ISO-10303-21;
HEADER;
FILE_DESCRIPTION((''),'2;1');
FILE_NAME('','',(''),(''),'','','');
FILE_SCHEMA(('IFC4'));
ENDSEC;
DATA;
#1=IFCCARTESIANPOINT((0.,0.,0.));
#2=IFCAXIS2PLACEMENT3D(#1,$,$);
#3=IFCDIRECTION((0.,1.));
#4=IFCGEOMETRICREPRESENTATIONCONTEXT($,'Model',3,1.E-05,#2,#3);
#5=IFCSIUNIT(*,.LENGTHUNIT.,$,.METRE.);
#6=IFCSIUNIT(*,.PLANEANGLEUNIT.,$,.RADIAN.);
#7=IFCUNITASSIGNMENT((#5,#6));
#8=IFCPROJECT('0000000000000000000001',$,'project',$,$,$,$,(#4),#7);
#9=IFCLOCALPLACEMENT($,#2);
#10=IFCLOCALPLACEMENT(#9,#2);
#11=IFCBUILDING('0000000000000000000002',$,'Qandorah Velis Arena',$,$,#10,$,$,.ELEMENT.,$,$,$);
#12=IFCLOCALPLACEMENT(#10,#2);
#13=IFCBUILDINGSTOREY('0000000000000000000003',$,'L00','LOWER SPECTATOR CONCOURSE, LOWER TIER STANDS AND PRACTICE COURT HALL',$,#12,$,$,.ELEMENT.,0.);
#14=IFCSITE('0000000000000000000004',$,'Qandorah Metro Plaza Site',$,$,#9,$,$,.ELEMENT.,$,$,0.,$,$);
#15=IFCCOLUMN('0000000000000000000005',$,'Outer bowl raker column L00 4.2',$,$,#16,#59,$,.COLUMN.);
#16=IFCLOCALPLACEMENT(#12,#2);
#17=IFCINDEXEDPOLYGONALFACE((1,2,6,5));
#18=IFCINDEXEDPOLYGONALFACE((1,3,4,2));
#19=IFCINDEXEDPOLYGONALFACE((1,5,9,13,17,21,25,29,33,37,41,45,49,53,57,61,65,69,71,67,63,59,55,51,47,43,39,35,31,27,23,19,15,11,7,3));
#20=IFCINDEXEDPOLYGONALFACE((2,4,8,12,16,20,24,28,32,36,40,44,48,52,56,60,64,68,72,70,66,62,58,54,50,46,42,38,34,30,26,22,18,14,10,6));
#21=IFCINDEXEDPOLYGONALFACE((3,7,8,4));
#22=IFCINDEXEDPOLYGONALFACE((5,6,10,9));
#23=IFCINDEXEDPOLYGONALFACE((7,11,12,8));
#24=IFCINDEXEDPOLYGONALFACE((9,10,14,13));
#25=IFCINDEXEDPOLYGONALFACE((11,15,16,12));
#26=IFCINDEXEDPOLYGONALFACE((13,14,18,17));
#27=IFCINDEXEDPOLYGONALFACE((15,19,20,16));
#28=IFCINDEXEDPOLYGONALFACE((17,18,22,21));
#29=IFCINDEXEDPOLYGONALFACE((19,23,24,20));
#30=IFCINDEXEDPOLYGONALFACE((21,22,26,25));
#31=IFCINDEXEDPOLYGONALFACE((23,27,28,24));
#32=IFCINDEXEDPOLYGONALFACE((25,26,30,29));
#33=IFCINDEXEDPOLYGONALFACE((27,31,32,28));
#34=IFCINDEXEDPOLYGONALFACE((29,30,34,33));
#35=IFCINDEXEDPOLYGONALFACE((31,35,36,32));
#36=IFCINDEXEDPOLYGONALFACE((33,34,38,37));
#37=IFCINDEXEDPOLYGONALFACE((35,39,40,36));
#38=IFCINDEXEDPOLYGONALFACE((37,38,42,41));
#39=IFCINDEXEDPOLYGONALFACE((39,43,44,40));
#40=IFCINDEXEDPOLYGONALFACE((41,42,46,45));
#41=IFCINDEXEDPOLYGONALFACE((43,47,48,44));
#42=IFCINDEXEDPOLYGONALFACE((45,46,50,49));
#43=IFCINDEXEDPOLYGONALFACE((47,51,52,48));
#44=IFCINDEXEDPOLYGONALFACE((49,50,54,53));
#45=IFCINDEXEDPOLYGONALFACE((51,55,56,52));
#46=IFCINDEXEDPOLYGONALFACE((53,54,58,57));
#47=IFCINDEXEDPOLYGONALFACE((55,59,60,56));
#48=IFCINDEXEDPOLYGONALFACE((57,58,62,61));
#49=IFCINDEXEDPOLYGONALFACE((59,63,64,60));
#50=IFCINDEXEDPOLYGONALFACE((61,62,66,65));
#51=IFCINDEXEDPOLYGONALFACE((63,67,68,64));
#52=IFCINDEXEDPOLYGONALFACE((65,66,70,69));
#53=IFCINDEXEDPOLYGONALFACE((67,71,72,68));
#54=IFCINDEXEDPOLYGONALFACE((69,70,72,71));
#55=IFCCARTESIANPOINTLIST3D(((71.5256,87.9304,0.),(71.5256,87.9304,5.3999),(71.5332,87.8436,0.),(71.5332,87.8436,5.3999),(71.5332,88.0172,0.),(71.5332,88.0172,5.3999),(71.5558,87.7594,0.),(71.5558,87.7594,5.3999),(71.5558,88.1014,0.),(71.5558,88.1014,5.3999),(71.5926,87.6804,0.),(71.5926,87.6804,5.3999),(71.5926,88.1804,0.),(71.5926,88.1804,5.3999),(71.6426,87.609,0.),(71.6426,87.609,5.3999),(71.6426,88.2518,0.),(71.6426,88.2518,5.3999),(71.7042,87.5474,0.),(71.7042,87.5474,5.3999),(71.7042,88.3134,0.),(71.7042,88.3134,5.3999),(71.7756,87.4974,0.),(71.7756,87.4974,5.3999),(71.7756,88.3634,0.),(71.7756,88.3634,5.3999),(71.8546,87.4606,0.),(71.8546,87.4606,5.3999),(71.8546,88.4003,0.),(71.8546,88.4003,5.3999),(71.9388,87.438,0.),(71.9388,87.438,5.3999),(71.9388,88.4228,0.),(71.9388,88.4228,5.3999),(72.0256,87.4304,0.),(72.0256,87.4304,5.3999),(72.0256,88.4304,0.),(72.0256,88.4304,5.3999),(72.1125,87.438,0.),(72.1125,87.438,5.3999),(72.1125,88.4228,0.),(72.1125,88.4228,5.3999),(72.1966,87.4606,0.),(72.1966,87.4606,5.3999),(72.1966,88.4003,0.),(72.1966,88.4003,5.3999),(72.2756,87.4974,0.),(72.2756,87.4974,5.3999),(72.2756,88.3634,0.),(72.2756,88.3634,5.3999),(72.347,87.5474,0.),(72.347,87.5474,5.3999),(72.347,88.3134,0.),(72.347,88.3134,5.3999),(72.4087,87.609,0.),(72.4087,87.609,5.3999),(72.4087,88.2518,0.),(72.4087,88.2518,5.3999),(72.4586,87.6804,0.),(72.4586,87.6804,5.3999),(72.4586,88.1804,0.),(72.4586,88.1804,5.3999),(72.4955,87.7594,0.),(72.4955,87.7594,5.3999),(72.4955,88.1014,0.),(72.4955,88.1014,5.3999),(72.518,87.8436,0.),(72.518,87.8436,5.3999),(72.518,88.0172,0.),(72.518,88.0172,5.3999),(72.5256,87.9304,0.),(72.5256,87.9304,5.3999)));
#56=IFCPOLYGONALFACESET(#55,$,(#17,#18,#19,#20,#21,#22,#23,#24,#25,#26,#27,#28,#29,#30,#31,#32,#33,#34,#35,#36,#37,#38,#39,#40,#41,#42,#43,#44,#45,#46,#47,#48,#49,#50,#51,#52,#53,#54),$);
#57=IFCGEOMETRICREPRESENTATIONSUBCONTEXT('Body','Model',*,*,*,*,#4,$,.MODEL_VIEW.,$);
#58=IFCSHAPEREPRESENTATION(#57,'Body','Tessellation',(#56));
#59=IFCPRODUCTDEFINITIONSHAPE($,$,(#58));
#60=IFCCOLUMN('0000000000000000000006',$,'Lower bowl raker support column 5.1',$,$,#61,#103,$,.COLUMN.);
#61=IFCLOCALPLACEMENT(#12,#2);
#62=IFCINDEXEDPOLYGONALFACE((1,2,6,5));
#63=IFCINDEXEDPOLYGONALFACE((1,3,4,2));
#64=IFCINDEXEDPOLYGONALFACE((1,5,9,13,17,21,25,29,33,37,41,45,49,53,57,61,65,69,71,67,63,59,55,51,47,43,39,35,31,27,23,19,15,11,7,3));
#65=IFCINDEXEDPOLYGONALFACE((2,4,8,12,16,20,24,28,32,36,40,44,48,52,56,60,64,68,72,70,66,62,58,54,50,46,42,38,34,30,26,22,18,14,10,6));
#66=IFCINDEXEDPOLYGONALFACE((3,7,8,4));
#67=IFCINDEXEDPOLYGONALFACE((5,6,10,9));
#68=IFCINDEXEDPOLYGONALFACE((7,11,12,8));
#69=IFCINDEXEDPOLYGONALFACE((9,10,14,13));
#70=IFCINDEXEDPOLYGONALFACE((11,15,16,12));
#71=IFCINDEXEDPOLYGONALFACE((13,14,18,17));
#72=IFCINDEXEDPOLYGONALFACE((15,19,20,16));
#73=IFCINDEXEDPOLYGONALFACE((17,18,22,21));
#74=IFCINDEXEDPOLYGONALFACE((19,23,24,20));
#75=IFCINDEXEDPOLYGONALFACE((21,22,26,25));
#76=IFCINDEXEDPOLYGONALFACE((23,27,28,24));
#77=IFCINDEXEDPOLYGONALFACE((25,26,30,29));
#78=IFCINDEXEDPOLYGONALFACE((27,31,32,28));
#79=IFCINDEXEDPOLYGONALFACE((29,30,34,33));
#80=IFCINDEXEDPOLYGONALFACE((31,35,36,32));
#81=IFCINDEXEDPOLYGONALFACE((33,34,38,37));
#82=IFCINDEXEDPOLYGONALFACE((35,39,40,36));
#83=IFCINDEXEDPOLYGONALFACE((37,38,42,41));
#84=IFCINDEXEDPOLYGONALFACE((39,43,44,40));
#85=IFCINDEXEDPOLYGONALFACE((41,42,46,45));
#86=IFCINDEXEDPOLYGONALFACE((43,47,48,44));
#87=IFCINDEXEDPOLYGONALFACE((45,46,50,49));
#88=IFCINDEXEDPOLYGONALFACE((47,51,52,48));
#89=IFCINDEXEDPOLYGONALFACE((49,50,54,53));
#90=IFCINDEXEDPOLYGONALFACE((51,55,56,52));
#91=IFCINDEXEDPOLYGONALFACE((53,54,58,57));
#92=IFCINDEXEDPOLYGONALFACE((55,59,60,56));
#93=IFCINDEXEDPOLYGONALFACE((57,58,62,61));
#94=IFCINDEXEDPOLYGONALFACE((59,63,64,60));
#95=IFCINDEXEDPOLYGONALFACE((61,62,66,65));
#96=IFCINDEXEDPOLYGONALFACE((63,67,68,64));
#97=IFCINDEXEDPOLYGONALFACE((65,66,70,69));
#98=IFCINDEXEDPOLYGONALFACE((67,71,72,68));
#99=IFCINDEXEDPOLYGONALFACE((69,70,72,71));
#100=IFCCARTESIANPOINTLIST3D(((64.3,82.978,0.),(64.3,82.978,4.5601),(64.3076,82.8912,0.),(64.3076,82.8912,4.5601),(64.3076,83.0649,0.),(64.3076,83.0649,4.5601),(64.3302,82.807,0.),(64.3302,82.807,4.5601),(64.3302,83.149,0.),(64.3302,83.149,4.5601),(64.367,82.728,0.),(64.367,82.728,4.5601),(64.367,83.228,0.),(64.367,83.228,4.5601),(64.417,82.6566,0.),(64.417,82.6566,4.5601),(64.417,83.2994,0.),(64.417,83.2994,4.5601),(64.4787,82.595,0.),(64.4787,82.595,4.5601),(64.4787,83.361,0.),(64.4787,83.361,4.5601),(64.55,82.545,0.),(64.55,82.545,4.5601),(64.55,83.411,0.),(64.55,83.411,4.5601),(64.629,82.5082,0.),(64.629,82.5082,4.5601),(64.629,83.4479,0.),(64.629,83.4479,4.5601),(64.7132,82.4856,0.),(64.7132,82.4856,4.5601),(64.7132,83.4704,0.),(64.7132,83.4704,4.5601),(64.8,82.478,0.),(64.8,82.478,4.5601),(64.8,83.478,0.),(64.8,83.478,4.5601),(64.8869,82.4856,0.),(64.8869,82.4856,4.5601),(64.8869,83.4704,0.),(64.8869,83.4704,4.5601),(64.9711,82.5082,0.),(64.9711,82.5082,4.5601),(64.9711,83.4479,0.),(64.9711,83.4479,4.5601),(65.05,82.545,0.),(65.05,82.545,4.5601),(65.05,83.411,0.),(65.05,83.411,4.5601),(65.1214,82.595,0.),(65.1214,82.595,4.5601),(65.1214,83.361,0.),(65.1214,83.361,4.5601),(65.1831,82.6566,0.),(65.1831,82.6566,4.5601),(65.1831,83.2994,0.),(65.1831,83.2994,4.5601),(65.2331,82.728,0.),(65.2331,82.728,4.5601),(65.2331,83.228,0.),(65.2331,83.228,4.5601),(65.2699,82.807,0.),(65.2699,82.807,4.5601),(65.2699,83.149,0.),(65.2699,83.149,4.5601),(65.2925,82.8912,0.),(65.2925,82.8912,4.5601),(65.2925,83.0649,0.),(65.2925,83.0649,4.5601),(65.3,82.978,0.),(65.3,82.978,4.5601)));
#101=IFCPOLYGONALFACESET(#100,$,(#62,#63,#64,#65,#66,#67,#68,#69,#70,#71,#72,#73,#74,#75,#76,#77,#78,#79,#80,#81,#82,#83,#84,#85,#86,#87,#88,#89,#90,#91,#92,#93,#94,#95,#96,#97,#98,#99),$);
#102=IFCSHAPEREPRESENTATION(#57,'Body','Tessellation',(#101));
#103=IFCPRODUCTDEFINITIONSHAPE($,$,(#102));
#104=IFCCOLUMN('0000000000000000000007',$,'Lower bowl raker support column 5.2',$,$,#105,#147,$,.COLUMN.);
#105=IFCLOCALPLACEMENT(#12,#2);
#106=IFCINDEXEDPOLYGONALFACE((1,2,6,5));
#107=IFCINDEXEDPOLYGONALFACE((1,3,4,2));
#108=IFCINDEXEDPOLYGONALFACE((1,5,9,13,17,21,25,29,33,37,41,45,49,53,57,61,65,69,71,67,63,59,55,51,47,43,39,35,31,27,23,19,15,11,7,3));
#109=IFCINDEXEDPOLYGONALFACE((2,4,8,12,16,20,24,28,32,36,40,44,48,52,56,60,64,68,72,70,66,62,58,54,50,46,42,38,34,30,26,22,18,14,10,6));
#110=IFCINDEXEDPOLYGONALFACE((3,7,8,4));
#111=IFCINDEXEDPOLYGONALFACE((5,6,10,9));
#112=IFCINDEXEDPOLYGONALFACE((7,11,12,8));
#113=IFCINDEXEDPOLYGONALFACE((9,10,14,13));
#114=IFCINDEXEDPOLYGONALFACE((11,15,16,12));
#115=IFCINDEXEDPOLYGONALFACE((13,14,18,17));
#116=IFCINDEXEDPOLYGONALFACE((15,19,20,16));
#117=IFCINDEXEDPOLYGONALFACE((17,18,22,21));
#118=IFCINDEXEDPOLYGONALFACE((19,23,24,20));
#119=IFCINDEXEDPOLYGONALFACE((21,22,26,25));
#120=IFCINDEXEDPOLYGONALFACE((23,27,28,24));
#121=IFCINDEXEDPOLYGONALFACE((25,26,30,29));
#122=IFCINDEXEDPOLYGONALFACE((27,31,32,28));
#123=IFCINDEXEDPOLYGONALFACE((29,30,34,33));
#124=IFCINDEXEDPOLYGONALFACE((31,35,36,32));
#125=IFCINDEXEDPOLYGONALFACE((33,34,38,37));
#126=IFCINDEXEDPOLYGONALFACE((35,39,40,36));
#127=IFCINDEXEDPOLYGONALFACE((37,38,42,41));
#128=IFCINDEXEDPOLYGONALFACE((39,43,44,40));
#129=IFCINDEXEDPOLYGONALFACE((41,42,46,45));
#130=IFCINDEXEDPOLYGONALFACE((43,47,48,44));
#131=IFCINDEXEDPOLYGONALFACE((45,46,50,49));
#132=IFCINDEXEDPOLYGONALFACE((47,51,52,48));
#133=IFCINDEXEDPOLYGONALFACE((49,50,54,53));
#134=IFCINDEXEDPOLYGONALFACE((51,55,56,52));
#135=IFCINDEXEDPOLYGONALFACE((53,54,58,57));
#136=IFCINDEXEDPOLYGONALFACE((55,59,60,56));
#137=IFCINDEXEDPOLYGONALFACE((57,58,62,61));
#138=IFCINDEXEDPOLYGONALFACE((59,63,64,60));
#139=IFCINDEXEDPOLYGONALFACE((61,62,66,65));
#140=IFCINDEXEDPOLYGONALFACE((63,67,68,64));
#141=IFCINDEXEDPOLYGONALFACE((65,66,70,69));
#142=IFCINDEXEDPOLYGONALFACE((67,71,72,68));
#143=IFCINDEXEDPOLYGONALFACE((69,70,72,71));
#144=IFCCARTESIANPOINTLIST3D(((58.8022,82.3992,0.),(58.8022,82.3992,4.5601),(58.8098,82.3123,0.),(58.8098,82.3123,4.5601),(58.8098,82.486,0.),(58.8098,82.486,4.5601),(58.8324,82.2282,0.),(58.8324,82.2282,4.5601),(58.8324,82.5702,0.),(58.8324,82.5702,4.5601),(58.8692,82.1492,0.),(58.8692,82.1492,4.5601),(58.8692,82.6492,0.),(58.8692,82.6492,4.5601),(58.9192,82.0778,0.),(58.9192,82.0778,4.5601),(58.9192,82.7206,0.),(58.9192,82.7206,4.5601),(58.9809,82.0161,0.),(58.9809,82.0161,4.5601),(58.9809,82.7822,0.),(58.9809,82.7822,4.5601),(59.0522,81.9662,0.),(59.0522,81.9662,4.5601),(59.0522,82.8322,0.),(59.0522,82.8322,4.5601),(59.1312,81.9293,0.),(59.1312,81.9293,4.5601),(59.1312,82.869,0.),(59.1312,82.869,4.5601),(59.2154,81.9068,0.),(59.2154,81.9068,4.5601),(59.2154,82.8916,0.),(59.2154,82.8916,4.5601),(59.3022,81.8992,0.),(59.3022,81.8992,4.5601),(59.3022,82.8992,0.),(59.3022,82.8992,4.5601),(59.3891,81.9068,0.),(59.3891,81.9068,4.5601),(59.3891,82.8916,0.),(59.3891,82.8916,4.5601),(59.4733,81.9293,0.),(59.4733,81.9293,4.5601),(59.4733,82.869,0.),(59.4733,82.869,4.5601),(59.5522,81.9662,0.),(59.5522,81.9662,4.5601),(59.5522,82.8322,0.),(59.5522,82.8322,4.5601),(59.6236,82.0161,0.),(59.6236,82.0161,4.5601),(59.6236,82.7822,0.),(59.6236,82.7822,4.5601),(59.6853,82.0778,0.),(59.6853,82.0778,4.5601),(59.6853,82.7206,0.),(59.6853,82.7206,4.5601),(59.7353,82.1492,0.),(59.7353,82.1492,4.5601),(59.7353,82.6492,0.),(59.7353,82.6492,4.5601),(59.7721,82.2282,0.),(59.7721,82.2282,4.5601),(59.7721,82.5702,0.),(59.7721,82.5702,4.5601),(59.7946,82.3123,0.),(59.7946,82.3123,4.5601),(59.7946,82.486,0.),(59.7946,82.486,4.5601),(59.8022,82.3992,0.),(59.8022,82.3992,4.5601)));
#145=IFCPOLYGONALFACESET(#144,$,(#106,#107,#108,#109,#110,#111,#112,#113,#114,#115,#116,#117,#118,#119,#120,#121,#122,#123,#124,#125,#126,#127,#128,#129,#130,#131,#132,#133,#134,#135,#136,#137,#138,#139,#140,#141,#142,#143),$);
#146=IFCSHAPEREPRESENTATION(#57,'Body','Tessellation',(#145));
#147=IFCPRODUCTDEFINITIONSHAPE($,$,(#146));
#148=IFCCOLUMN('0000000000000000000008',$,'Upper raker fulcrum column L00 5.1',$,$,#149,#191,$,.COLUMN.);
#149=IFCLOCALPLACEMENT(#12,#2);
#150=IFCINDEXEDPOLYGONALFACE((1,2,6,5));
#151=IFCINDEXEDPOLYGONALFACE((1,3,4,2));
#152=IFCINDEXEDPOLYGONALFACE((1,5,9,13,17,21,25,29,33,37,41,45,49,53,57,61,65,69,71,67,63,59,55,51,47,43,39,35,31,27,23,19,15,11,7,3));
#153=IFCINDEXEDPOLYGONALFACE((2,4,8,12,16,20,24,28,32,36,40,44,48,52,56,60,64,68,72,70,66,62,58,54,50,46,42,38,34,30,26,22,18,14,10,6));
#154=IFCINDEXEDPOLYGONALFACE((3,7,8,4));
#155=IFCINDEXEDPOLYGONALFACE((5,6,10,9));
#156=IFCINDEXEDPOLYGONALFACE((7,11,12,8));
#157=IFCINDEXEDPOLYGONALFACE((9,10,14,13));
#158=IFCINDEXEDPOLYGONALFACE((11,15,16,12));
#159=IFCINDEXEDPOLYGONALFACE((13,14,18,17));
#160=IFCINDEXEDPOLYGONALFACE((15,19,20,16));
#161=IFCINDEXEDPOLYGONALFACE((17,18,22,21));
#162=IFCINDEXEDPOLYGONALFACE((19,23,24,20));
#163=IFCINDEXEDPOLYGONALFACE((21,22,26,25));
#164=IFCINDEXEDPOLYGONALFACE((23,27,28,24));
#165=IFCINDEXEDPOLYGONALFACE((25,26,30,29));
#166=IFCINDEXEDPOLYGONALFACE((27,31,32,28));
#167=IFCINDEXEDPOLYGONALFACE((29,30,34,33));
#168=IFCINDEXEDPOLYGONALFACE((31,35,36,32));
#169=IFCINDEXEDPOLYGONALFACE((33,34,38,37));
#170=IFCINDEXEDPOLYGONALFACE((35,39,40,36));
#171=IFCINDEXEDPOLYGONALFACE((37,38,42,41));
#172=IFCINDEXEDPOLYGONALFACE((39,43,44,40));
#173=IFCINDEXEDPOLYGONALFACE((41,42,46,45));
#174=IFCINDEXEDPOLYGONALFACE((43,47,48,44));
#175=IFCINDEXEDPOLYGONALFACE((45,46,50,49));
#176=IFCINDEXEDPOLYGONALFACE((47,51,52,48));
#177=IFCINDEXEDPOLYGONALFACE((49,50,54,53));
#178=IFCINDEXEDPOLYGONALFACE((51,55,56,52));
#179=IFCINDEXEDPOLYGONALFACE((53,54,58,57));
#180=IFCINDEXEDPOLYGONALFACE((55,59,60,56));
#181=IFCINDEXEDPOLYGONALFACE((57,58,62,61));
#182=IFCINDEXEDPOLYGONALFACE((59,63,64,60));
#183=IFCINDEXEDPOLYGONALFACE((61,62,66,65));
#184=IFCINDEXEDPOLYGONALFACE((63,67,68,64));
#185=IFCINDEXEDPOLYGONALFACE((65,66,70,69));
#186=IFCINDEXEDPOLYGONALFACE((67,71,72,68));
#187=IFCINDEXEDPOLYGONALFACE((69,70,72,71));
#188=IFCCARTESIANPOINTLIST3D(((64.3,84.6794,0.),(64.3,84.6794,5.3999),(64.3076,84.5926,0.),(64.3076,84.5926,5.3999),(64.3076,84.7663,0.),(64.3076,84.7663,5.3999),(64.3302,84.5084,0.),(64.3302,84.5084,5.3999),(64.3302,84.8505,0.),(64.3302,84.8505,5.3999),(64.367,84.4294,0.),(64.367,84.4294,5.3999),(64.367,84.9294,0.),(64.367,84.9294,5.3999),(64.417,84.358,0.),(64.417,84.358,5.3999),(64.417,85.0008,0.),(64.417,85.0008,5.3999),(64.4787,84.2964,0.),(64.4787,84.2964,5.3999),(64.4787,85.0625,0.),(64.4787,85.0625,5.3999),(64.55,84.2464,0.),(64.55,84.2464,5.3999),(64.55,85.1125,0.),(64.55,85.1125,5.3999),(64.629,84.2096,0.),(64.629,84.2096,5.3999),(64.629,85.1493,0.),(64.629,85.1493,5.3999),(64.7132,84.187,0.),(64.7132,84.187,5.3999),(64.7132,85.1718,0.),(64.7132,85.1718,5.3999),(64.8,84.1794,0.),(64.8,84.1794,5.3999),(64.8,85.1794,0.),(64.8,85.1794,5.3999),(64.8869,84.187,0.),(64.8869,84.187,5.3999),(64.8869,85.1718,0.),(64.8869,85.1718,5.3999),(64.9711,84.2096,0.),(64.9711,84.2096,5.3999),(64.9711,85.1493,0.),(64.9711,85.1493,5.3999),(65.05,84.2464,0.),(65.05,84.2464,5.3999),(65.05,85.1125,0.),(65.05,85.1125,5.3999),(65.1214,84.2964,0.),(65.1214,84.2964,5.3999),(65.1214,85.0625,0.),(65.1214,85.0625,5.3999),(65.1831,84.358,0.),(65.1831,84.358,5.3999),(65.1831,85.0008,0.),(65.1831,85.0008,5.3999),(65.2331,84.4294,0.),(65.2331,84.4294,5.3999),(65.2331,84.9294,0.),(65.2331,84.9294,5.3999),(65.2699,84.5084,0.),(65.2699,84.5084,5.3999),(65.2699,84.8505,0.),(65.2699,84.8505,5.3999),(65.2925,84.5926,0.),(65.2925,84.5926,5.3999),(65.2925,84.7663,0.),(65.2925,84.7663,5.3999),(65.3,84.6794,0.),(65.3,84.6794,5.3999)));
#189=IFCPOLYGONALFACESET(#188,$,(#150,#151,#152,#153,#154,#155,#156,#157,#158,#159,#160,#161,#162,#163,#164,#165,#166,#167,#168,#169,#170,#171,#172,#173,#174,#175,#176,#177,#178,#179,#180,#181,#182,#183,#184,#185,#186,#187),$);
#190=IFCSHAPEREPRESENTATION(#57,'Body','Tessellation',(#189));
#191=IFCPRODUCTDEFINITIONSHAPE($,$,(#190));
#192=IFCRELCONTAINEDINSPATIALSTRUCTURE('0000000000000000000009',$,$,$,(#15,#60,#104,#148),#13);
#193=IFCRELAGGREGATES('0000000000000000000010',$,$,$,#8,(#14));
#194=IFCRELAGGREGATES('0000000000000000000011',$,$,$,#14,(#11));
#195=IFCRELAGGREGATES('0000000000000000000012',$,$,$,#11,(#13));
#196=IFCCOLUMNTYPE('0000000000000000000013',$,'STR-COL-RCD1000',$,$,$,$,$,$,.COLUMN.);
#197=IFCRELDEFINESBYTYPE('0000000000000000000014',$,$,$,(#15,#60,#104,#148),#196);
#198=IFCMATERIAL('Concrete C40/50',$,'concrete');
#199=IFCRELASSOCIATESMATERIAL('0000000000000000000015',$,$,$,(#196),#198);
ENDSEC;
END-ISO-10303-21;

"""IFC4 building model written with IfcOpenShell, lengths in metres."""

from ifc_helpers import new_model, si_unit, direction, frame, origin, origin_2d, place, context, subcontext, project, spatial, circle, extrude, material, material_profile, profile_set, type_object, element, save


model = new_model("IFC4")

# Units and contexts
model_context = context("Model", 3, precision=1e-05, world=origin(), true_north=direction((0.0, 1.0)))
body_context = subcontext(model_context, "Body", "Model", "MODEL_VIEW")
ifc_project = project(units=[si_unit("LENGTHUNIT", "METRE"), si_unit("PLANEANGLEUNIT", "RADIAN")], contexts=[model_context])

# Site, building, storey
site_placement = place(None, origin())
site = spatial("IfcSite", under=ifc_project, at=site_placement, Name="Qandorah Metro Plaza Site", CompositionType="ELEMENT", RefElevation=0.0)
building_placement = place(site_placement, origin())
building = spatial("IfcBuilding", under=site, at=building_placement, Name="Qandorah Velis Arena", CompositionType="ELEMENT")
storey_placement = place(building_placement, origin())
storey = spatial("IfcBuildingStorey", under=building, at=storey_placement, Name="L00", Description="LOWER SPECTATOR CONCOURSE, LOWER TIER STANDS AND PRACTICE COURT HALL", CompositionType="ELEMENT", Elevation=0.0)

# Columns
ifc_material_1 = material(Name="Concrete C40/50", Category="concrete")
ifc_material_profile_1 = material_profile(ifc_material_1, circle(Radius=0.5, at=origin_2d()), Name="RC D1000")
ifc_profile_set_1 = profile_set([ifc_material_profile_1], Name="Concrete C40/50")
column_type_1 = type_object("IfcColumnType", Name="STR-COL-RCD1000", PredefinedType="COLUMN", material=ifc_profile_set_1)
for number, where, z_axis, x_axis, name in (
    (1, (72.0256, 87.9304, 0.0), (0.0, 0.0, 1.0), (1.0, 0.0, 0.0), "Outer bowl raker column L00 4.2"),
):
    element("IfcColumn", number, at=place(storey_placement, frame(where, z_axis=z_axis, x_axis=x_axis)), inside=storey, type_object=column_type_1, Name=name, PredefinedType="COLUMN", context=body_context, shape_type="SweptSolid", body=[
        extrude(circle(Radius=0.5, at=origin_2d()), origin(), (0.0, 0.0, 1.0), 5.3999),
    ])
for number, where, z_axis, x_axis, name in (
    (2, (64.8, 82.978, 0.0), (0.0, 0.0, 1.0), (1.0, 0.0, 0.0), "Lower bowl raker support column 5.1"),
    (3, (59.3022, 82.3992, 0.0), (0.0, 0.0, 1.0), (1.0, 0.0, 0.0), "Lower bowl raker support column 5.2"),
):
    element("IfcColumn", number, at=place(storey_placement, frame(where, z_axis=z_axis, x_axis=x_axis)), inside=storey, type_object=column_type_1, Name=name, PredefinedType="COLUMN", context=body_context, shape_type="SweptSolid", body=[
        extrude(circle(Radius=0.5, at=origin_2d()), origin(), (0.0, 0.0, 1.0), 4.5601),
    ])
for number, where, z_axis, x_axis, name in (
    (4, (64.8, 84.6794, 0.0), (0.0, 0.0, 1.0), (1.0, 0.0, 0.0), "Upper raker fulcrum column L00 5.1"),
):
    element("IfcColumn", number, at=place(storey_placement, frame(where, z_axis=z_axis, x_axis=x_axis)), inside=storey, type_object=column_type_1, Name=name, PredefinedType="COLUMN", context=body_context, shape_type="SweptSolid", body=[
        extrude(circle(Radius=0.5, at=origin_2d()), origin(), (0.0, 0.0, 1.0), 5.3999),
    ])

save(model, "model.ifc")
